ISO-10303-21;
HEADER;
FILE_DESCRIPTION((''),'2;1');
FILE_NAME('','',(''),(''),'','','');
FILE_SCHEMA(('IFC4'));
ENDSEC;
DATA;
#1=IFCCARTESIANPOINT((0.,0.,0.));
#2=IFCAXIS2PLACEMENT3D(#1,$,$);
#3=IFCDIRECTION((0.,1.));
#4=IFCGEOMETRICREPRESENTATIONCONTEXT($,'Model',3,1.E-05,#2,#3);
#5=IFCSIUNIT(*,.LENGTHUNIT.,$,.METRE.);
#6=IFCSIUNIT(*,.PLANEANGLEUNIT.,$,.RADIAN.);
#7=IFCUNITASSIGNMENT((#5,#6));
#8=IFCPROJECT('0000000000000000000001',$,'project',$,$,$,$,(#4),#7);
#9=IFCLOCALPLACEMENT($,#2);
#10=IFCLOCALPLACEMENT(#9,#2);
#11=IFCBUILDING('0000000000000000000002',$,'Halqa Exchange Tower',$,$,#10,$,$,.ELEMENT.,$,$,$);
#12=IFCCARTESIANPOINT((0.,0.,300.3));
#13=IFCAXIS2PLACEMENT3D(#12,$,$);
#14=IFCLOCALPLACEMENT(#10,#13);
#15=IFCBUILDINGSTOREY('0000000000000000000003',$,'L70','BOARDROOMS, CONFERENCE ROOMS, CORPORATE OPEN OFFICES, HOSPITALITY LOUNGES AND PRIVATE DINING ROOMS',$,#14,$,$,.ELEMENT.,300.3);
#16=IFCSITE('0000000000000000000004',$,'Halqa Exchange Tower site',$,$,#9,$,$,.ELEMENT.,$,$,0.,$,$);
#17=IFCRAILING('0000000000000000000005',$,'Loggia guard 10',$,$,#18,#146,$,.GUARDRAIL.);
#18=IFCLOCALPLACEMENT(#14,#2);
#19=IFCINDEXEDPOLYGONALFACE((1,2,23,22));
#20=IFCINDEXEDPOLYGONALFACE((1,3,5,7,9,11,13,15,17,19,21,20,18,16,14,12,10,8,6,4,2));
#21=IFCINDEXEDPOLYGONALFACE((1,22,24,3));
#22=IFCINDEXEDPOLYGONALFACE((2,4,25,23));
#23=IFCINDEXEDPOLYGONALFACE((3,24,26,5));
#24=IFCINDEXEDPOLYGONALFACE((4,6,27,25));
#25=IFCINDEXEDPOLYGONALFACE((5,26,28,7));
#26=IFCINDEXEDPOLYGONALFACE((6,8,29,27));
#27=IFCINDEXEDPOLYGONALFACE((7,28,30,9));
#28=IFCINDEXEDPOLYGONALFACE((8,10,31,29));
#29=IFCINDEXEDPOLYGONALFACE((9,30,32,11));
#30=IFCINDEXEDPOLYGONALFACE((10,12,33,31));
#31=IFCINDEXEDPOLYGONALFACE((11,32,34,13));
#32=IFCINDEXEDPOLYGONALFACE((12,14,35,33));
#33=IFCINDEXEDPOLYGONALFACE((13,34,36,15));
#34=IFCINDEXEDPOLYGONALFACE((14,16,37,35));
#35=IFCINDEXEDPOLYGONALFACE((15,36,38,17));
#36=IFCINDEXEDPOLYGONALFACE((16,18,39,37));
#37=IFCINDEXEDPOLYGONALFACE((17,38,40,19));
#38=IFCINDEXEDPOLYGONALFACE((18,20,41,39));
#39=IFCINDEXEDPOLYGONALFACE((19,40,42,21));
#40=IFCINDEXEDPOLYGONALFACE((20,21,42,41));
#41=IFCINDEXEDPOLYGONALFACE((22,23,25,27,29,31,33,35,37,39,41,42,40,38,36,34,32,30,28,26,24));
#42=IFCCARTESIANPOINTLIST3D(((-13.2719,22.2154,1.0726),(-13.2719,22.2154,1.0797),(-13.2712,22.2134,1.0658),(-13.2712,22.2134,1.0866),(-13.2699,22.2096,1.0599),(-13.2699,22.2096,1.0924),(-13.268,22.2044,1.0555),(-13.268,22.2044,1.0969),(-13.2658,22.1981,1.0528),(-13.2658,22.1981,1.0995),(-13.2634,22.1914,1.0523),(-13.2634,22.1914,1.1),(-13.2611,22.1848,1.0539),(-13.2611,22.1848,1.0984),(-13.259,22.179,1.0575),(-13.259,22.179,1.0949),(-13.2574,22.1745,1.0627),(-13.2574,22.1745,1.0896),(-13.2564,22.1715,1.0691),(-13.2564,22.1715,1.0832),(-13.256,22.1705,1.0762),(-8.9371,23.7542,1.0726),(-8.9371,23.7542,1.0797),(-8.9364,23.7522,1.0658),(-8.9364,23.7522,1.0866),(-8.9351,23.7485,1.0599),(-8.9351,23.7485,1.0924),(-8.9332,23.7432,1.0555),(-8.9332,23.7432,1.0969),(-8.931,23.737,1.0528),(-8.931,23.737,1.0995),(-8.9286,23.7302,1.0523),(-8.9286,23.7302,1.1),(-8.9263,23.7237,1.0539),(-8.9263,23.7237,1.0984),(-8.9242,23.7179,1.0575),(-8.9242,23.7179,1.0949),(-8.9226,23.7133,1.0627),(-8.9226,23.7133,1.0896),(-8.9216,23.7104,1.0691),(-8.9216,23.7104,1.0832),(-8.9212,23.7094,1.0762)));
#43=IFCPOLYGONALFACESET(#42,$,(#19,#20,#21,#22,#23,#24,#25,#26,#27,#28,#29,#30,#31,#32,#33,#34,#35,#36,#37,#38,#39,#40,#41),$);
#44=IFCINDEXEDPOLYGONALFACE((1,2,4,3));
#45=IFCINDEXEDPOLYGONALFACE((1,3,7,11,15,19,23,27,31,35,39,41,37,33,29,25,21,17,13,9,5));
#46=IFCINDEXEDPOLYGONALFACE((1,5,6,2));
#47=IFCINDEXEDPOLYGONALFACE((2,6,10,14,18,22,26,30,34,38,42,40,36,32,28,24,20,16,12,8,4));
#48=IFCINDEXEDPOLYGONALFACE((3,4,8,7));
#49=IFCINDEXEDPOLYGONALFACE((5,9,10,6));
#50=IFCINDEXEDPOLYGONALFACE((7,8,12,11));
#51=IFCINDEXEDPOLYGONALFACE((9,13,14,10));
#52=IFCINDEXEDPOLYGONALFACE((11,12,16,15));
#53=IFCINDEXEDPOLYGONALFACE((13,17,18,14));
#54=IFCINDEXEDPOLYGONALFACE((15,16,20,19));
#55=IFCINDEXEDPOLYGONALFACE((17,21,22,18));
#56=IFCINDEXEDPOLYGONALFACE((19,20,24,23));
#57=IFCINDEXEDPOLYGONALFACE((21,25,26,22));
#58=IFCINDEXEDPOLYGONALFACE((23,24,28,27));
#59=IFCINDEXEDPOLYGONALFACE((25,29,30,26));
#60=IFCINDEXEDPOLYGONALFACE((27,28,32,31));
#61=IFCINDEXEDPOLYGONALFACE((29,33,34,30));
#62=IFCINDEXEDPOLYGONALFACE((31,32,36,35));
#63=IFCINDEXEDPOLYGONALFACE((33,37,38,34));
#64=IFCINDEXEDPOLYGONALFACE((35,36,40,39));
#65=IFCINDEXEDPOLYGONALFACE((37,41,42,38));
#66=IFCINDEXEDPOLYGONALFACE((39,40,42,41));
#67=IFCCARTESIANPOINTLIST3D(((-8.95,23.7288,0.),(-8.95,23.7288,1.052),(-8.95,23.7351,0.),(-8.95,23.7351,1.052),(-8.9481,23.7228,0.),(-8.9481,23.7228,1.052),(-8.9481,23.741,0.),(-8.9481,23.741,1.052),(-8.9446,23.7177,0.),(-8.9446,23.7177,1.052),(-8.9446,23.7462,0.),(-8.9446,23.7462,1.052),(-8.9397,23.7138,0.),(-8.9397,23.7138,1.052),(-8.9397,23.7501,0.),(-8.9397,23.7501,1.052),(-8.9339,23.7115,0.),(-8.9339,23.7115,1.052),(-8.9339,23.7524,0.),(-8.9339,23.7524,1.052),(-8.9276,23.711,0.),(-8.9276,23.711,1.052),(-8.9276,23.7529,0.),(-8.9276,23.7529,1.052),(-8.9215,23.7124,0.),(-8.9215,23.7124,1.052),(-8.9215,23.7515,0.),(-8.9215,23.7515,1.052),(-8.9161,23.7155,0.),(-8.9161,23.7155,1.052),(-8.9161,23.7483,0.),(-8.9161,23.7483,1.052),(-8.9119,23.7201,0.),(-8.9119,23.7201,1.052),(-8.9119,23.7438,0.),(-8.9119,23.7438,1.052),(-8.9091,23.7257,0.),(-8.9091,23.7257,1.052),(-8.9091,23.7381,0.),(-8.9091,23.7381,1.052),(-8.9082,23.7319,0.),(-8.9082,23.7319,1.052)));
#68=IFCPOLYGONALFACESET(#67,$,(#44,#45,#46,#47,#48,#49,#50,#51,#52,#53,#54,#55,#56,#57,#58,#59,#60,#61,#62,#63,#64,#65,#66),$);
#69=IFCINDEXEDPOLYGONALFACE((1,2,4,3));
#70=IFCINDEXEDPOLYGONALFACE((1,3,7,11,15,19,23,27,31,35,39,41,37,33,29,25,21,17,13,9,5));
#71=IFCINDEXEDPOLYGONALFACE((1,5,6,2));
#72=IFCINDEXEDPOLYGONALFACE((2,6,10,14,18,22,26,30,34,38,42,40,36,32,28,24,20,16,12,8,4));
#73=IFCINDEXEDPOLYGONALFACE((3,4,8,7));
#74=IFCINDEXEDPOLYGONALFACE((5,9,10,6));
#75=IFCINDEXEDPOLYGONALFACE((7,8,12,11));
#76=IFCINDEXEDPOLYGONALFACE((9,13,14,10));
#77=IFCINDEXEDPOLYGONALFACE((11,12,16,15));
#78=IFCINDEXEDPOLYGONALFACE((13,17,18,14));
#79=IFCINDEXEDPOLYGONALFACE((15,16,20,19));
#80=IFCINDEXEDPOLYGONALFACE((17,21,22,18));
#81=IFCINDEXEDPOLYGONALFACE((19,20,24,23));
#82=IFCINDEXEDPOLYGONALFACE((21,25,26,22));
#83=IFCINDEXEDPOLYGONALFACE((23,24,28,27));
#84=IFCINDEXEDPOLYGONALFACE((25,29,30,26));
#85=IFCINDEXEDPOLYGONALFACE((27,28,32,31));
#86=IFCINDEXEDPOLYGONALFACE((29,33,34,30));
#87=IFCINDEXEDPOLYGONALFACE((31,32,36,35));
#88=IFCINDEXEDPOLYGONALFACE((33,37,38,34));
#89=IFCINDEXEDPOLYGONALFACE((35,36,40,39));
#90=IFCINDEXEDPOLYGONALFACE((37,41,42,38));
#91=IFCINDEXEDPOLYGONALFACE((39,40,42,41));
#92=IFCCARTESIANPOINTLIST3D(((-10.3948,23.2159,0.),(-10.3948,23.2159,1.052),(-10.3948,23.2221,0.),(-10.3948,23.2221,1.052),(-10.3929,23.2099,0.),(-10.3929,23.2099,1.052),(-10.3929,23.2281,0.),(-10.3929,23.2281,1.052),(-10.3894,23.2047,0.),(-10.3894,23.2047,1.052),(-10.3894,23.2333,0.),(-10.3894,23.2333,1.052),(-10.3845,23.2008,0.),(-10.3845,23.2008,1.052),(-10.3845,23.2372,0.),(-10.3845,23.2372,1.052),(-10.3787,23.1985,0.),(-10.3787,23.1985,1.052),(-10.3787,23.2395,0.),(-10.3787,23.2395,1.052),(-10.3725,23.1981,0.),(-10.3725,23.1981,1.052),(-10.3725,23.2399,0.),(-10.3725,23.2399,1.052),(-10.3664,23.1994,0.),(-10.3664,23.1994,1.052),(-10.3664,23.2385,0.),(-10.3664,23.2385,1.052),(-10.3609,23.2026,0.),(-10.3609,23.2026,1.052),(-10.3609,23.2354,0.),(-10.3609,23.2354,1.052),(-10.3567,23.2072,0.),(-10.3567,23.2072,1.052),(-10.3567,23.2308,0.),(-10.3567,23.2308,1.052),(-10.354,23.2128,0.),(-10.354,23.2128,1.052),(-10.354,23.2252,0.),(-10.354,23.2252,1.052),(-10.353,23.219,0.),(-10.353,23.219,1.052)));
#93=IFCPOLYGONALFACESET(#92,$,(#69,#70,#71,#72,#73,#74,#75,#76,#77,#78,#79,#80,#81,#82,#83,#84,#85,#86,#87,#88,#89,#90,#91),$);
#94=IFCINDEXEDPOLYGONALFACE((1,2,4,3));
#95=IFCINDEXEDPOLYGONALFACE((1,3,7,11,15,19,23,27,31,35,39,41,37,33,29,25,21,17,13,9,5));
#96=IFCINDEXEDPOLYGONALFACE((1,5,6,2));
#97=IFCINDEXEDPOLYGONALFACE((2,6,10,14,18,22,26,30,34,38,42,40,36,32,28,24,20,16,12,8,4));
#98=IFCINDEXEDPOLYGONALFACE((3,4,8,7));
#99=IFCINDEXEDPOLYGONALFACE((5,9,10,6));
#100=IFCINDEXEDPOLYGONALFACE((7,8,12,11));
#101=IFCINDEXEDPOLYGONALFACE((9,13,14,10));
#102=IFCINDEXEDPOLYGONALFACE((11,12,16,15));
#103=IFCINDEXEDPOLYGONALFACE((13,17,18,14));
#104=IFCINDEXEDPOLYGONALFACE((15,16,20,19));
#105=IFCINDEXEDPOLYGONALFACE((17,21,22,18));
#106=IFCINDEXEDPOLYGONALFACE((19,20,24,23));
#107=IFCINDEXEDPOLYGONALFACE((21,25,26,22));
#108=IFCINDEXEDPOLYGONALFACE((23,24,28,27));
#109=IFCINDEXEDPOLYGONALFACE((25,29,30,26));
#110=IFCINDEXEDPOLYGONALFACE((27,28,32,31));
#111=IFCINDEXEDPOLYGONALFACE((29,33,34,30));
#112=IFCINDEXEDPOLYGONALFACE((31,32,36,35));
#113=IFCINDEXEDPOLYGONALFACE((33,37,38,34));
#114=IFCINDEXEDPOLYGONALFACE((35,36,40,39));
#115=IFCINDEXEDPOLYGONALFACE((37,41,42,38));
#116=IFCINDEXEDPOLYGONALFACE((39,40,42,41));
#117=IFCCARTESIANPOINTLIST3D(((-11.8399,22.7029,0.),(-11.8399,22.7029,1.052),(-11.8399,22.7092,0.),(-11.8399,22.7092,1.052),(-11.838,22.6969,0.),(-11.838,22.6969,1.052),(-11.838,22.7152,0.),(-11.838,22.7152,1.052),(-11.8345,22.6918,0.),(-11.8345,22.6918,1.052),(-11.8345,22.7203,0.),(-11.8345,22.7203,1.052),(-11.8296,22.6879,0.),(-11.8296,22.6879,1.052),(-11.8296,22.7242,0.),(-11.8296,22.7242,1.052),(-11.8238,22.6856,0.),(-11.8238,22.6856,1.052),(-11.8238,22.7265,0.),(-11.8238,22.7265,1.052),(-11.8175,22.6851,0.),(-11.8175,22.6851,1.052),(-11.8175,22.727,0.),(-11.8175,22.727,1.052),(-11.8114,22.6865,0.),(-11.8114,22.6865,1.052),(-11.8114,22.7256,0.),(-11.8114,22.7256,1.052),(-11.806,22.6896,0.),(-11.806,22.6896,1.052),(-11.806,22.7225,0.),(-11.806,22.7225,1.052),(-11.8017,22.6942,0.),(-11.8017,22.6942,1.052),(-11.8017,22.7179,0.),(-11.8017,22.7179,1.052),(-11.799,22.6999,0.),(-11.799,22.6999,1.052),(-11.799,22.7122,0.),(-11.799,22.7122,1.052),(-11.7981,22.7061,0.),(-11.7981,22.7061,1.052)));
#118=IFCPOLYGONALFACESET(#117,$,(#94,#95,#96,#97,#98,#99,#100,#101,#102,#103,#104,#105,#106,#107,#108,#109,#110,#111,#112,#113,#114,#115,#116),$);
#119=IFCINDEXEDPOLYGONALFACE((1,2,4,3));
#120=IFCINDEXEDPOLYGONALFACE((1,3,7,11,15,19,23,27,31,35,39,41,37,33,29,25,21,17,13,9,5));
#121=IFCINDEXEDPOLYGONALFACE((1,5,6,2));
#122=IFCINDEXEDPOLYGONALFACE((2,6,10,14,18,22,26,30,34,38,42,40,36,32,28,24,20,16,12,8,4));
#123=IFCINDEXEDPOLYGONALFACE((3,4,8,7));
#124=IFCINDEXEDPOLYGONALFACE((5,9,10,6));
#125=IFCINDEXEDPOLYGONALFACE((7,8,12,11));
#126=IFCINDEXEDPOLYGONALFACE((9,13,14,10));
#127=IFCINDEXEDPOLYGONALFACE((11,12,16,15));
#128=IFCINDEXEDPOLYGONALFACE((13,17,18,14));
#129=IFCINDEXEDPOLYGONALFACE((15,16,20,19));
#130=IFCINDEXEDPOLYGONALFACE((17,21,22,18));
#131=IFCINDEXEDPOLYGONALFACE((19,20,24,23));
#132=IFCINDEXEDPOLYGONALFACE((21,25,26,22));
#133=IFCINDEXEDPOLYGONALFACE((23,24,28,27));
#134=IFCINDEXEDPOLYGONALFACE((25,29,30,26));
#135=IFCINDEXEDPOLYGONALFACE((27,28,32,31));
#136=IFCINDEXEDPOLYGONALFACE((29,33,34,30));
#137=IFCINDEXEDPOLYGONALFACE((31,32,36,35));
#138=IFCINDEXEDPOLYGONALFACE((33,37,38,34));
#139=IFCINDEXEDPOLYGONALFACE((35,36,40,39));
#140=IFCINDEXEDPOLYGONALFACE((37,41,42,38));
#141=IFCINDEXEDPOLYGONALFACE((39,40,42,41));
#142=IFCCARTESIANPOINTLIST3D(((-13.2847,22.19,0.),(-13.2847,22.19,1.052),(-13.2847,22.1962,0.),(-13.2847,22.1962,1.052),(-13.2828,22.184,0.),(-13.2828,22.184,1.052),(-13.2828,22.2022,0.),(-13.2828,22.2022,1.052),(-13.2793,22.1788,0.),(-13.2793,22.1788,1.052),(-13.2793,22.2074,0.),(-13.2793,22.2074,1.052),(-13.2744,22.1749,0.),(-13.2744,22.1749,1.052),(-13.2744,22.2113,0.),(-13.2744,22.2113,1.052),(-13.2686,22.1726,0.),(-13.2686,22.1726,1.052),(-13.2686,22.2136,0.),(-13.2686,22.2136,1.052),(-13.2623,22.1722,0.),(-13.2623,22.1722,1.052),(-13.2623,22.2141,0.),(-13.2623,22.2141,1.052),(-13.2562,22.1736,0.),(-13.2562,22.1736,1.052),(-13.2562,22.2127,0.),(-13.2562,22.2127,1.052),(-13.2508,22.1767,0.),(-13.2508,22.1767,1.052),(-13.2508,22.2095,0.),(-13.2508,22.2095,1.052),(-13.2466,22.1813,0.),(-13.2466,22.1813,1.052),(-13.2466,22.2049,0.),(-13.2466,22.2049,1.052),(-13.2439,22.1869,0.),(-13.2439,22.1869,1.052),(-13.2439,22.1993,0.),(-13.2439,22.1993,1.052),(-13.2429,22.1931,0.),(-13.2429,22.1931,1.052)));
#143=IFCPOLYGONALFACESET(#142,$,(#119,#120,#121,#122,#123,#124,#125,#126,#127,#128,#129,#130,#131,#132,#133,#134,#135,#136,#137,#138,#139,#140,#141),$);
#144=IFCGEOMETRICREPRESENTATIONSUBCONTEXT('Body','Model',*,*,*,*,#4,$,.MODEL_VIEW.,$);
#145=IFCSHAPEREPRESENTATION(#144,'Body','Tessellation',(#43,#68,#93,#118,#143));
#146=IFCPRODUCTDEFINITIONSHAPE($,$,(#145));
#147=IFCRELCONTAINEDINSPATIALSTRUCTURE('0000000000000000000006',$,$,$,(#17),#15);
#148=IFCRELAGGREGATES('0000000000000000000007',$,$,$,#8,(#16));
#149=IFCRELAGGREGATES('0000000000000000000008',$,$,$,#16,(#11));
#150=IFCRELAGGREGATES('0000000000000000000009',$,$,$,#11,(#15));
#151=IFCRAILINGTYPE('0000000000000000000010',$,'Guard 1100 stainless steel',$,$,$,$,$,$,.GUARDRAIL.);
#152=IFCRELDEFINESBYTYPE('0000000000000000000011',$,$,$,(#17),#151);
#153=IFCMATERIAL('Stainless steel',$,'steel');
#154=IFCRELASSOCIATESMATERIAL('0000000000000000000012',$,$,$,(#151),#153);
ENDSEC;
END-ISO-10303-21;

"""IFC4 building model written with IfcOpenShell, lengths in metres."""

from ifc_helpers import new_model, si_unit, direction, frame, origin, origin_2d, place, context, subcontext, project, spatial, circle, extrude, material, type_object, element, save


model = new_model("IFC4")

# Units and contexts
model_context = context("Model", 3, precision=1e-05, world=origin(), true_north=direction((0.0, 1.0)))
body_context = subcontext(model_context, "Body", "Model", "MODEL_VIEW")
ifc_project = project(units=[si_unit("LENGTHUNIT", "METRE"), si_unit("PLANEANGLEUNIT", "RADIAN")], contexts=[model_context])

# Site, building, storey
site_placement = place(None, origin())
site = spatial("IfcSite", under=ifc_project, at=site_placement, Name="Halqa Exchange Tower site", CompositionType="ELEMENT", RefElevation=0.0)
building_placement = place(site_placement, origin())
building = spatial("IfcBuilding", under=site, at=building_placement, Name="Halqa Exchange Tower", CompositionType="ELEMENT")
storey_placement = place(building_placement, frame((0.0, 0.0, 300.3)))
storey = spatial("IfcBuildingStorey", under=building, at=storey_placement, Name="L70", Description="BOARDROOMS, CONFERENCE ROOMS, CORPORATE OPEN OFFICES, HOSPITALITY LOUNGES AND PRIVATE DINING ROOMS", CompositionType="ELEMENT", Elevation=300.3)

# Railing
ifc_material_1 = material(Name="Stainless steel", Category="steel")
railing_type_1 = type_object("IfcRailingType", Name="Guard 1100 stainless steel", PredefinedType="GUARDRAIL", material=ifc_material_1)
railing_1_placement = place(storey_placement, frame((-8.9292, 23.7319, 0.0)))
element("IfcRailing", 1, at=railing_1_placement, inside=storey, type_object=railing_type_1, Name="Loggia guard 10", PredefinedType="GUARDRAIL", context=body_context, shape_type="SweptSolid", body=[
    extrude(circle(Radius=0.0239, at=origin_2d()), frame((0.0, 0.0, 1.0762), z_axis=(-0.94238, -0.334544, 0.0), x_axis=(0.334544, -0.94238, 0.0)), (0.0, 0.0, 1.0), 4.5999),
    extrude(circle(Radius=0.021, at=origin_2d()), origin(), (0.0, 0.0, 1.0), 1.052),
    extrude(circle(Radius=0.021, at=origin_2d()), frame((-1.4448, -0.5129, 0.0)), (0.0, 0.0, 1.0), 1.052),
    extrude(circle(Radius=0.021, at=origin_2d()), frame((-2.8899, -1.0259, 0.0)), (0.0, 0.0, 1.0), 1.052),
    extrude(circle(Radius=0.021, at=origin_2d()), frame((-4.3347, -1.5388, 0.0)), (0.0, 0.0, 1.0), 1.052),
])

save(model, "model.ifc")
